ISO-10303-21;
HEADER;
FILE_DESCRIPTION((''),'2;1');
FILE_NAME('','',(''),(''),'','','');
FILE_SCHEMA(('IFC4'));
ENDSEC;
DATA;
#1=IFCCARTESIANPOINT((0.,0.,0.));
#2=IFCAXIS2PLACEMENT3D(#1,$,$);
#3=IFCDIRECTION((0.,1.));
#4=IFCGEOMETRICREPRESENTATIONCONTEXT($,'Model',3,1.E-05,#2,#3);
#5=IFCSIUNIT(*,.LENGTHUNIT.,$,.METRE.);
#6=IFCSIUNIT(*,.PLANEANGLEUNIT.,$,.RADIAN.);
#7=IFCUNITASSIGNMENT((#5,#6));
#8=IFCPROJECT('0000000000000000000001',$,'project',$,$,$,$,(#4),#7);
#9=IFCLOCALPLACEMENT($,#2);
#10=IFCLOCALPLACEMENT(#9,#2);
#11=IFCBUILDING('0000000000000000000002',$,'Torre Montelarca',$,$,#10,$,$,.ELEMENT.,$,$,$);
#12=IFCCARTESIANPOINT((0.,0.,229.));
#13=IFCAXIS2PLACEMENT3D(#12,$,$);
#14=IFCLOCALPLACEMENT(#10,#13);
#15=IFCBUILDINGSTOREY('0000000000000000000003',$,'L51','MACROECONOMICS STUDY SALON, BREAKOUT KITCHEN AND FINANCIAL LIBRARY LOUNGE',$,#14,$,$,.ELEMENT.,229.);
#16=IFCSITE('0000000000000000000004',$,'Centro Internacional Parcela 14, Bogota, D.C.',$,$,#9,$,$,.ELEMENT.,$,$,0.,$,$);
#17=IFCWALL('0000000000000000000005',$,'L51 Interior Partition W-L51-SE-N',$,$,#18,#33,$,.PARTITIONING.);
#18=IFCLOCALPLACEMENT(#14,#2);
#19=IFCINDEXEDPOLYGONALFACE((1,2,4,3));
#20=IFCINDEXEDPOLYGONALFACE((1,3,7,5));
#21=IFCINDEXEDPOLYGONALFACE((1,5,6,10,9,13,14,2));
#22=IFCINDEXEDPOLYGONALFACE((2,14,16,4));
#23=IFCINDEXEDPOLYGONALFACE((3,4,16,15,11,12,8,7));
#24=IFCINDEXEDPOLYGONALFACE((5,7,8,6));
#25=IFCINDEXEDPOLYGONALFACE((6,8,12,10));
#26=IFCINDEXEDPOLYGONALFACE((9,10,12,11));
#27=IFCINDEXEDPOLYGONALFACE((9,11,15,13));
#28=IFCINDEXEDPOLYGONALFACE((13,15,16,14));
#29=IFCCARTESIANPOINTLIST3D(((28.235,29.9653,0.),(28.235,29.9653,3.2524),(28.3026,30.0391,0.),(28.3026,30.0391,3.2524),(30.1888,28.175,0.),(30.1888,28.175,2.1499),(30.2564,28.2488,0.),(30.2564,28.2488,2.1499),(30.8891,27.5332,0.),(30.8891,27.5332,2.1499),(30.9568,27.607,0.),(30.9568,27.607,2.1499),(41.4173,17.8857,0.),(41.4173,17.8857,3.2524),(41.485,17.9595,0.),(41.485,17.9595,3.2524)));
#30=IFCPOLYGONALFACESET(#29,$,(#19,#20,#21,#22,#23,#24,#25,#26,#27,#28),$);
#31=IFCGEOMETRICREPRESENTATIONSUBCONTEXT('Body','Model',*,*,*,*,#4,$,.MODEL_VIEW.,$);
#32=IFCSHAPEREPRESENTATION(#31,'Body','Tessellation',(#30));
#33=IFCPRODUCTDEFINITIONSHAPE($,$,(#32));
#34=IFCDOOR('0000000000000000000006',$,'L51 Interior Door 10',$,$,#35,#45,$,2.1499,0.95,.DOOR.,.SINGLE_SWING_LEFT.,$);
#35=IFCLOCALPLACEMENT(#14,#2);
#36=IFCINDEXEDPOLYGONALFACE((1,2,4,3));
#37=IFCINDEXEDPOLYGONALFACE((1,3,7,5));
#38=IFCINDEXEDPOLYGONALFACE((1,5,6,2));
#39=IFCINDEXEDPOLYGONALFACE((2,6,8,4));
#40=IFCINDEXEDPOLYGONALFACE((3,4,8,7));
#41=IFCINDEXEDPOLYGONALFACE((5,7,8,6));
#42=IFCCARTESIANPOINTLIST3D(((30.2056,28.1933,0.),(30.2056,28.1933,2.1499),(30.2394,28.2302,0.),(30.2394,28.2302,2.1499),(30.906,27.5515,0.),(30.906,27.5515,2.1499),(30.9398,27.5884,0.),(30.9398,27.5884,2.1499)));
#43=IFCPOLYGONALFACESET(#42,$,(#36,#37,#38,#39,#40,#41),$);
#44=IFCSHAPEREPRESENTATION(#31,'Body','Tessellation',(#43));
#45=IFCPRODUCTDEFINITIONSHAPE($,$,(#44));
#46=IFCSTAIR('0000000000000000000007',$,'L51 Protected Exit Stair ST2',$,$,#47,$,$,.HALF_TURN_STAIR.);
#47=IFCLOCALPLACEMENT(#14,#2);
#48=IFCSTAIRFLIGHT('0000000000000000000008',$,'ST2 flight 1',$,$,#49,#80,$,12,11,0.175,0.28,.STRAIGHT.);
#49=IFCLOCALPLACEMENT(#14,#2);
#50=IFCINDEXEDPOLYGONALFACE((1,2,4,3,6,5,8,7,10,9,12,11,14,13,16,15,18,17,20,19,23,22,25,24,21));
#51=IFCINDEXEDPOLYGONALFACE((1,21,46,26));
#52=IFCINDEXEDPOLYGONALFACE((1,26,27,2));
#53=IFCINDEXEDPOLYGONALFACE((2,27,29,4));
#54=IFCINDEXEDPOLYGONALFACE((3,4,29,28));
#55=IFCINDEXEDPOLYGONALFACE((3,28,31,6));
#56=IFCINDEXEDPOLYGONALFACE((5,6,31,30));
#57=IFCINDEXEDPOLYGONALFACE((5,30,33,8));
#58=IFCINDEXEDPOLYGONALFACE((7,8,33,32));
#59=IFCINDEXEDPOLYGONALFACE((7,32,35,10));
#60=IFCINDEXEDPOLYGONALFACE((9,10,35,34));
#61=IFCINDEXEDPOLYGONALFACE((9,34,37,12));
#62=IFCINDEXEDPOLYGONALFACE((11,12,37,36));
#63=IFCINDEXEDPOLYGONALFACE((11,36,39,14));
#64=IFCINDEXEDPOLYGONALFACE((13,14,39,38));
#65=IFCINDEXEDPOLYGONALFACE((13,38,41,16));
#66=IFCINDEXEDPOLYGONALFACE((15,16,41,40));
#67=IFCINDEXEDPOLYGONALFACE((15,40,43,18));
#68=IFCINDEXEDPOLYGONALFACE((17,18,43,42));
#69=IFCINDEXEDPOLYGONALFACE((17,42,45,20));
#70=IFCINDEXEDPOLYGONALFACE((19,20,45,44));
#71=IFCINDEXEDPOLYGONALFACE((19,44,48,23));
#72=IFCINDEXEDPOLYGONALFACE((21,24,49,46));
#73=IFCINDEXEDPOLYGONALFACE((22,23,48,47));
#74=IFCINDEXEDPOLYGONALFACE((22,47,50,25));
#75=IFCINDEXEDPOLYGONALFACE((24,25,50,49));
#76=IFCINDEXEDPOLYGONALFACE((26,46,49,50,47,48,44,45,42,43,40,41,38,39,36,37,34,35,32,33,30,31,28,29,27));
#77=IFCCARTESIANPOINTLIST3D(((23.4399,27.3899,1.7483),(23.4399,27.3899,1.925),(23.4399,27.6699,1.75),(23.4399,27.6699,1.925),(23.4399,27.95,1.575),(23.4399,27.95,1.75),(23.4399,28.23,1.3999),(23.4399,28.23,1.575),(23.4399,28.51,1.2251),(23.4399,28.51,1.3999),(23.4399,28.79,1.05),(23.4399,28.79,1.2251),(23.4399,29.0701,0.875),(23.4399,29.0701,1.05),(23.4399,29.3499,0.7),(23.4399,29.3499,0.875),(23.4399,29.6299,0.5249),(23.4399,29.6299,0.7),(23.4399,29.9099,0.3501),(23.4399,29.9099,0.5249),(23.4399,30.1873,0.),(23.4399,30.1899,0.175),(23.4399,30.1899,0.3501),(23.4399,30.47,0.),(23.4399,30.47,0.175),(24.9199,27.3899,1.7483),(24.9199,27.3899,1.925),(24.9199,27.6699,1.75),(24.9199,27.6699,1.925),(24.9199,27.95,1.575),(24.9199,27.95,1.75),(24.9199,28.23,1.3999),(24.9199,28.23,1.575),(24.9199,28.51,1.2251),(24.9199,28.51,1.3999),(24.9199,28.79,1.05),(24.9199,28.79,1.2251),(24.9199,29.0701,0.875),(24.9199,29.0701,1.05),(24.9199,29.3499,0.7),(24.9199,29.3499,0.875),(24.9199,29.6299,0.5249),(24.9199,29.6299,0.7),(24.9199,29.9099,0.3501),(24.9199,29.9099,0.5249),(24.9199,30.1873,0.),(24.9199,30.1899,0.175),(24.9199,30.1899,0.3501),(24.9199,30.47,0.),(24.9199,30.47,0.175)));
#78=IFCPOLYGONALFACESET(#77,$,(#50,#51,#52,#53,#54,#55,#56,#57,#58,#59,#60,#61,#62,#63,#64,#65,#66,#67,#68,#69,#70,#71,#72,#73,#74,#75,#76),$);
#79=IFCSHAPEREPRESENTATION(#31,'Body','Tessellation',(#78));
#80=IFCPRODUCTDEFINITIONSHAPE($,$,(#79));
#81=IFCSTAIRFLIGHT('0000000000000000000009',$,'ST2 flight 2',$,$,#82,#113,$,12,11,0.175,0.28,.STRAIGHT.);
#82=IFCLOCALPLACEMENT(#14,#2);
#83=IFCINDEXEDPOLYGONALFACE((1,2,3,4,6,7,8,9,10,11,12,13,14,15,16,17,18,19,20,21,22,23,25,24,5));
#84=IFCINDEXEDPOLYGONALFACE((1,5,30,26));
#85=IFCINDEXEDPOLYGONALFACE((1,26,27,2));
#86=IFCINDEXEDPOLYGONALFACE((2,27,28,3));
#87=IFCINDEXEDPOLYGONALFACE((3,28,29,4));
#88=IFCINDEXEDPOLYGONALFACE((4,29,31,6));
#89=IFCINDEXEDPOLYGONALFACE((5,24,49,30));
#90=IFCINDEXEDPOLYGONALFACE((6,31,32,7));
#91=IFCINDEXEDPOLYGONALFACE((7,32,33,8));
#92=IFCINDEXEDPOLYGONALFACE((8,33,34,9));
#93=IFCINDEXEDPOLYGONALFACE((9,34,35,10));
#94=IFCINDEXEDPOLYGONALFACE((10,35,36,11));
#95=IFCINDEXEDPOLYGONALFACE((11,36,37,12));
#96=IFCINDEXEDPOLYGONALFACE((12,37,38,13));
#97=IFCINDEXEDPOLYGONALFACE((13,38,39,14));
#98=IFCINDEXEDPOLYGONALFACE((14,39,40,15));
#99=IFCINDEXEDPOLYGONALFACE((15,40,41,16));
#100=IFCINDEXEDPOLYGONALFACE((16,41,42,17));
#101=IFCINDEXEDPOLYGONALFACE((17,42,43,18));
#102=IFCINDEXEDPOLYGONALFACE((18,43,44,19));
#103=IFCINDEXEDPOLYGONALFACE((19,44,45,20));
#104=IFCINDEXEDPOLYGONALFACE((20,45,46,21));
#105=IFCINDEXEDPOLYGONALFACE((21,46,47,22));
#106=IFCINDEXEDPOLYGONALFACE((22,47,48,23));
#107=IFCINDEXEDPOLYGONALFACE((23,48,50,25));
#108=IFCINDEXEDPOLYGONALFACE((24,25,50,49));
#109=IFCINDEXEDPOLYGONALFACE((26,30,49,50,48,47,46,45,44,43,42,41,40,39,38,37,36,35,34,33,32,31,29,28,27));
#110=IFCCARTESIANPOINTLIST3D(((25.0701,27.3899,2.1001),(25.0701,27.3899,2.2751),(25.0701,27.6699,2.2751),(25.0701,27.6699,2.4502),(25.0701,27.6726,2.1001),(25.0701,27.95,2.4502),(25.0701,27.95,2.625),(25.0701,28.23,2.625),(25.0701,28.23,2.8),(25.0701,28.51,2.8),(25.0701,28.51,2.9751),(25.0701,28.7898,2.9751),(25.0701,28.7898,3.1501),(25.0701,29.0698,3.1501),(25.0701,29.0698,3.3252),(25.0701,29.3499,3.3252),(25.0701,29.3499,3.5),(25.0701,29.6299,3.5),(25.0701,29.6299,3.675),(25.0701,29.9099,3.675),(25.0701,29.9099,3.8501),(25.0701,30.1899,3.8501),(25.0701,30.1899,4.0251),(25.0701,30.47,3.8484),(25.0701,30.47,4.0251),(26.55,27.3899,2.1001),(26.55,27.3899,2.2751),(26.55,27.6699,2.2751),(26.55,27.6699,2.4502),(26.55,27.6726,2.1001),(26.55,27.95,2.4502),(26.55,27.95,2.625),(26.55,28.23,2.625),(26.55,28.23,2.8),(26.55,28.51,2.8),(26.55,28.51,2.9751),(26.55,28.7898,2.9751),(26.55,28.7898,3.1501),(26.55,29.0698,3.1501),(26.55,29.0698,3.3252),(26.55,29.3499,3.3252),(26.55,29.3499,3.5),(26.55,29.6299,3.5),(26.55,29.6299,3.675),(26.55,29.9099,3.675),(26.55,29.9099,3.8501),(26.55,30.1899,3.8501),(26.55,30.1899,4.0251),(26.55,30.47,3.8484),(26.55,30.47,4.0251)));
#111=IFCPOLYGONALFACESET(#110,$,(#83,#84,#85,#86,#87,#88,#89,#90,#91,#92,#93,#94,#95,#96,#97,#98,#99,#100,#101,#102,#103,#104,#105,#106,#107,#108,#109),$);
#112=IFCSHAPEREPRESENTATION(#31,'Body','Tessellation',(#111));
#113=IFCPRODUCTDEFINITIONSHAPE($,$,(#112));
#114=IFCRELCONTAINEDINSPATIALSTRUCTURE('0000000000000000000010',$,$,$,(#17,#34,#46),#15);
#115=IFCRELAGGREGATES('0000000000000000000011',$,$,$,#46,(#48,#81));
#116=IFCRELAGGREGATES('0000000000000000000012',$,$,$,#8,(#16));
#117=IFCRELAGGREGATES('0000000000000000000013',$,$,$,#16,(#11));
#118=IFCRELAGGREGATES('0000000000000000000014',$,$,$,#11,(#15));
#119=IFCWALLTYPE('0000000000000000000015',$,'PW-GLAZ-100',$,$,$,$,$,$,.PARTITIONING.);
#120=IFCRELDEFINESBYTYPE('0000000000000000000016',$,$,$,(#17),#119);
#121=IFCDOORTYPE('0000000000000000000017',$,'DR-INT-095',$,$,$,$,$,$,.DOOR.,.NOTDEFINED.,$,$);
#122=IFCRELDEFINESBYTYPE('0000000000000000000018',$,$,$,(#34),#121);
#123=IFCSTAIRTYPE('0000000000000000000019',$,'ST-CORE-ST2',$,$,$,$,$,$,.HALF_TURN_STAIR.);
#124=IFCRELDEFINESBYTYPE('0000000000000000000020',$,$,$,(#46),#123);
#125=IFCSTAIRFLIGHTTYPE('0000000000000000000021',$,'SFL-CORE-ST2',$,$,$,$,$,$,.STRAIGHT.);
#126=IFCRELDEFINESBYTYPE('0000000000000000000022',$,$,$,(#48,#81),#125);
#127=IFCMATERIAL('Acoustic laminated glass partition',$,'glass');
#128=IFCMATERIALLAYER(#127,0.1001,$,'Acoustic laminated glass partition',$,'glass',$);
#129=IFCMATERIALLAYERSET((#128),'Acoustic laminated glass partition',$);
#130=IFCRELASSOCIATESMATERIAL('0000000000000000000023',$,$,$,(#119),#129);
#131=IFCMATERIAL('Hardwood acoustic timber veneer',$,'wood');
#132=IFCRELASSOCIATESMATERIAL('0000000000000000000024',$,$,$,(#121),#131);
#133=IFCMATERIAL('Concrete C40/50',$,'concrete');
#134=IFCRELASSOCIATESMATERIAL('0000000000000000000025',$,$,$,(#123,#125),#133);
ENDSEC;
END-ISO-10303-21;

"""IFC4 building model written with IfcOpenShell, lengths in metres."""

from ifc_helpers import new_model, si_unit, direction, frame, frame_2d, origin, place, context, subcontext, project, spatial, polyline, rectangle, outline, extrude, source, transform, mapped, material, layer, layer_set, type_object, element, fill, aggregate, save


model = new_model("IFC4")

# Units and contexts
model_context = context("Model", 3, precision=1e-05, world=origin(), true_north=direction((0.0, 1.0)))
body_context = subcontext(model_context, "Body", "Model", "MODEL_VIEW")
ifc_project = project(units=[si_unit("LENGTHUNIT", "METRE"), si_unit("PLANEANGLEUNIT", "RADIAN")], contexts=[model_context])

# Site, building, storey
site_placement = place(None, origin())
site = spatial("IfcSite", under=ifc_project, at=site_placement, Name="Centro Internacional Parcela 14, Bogota, D.C.", CompositionType="ELEMENT", RefElevation=0.0)
building_placement = place(site_placement, origin())
building = spatial("IfcBuilding", under=site, at=building_placement, Name="Torre Montelarca", CompositionType="ELEMENT")
storey_placement = place(building_placement, frame((0.0, 0.0, 229.0)))
storey = spatial("IfcBuildingStorey", under=building, at=storey_placement, Name="L51", Description="MACROECONOMICS STUDY SALON, BREAKOUT KITCHEN AND FINANCIAL LIBRARY LOUNGE", CompositionType="ELEMENT", Elevation=229.0)

# Shared definitions
ifc_material_1 = material(Name="Concrete C40/50", Category="concrete")

# Wall, opening, door
ifc_material_2 = material(Name="Acoustic laminated glass partition", Category="glass")
ifc_layer_1 = layer(ifc_material_2, 0.1001, Name="Acoustic laminated glass partition", Category="glass")
ifc_layer_set_1 = layer_set([ifc_layer_1], Name="Acoustic laminated glass partition")
wall_type_1 = type_object("IfcWallType", Name="PW-GLAZ-100", PredefinedType="PARTITIONING", material=ifc_layer_set_1)
wall_1_placement = place(storey_placement, frame((28.2688, 30.0022, 0.0), z_axis=(0.0, 0.0, 1.0), x_axis=(0.737273, -0.675595, 0.0)))
wall_1 = element("IfcWall", 1, at=wall_1_placement, inside=storey, type_object=wall_type_1, Name="L51 Interior Partition W-L51-SE-N", PredefinedType="PARTITIONING", context=body_context, shape_type="SweptSolid", body=[
    extrude(rectangle(XDim=17.8799, YDim=0.1001, at=frame_2d((8.9399, 0.0))), origin(), (0.0, 0.0, 1.0), 3.2524),
])
opening_1_placement = place(wall_1_placement, frame((2.6499, 0.0, 0.0)))
opening_1 = element("IfcOpeningElement", 2, at=opening_1_placement, cuts=wall_1, PredefinedType="OPENING", context=body_context, shape_type="SweptSolid", body=[
    extrude(rectangle(XDim=0.95, YDim=2.1499, at=frame_2d((0.4751, 1.075))), frame((0.0, 0.0601, 0.0), z_axis=(0.0, -1.0, 0.0), x_axis=(1.0, 0.0, 0.0)), (0.0, 0.0, 1.0), 0.1201),
])
ifc_material_3 = material(Name="Hardwood acoustic timber veneer", Category="wood")
door_type_1 = type_object("IfcDoorType", Name="DR-INT-095", OperationType="NOTDEFINED", PredefinedType="DOOR", material=ifc_material_3)
shared_shape_1 = source(origin(), body_context, "Body", "SweptSolid", [
    extrude(rectangle(XDim=0.95, YDim=2.1499, at=frame_2d((0.4751, 1.075))), frame((0.0, 0.0249, 0.0), z_axis=(0.0, -1.0, 0.0), x_axis=(1.0, 0.0, 0.0)), (0.0, 0.0, 1.0), 0.05),
])
door_1_placement = place(opening_1_placement, origin())
door_1 = element("IfcDoor", 3, at=door_1_placement, inside=storey, type_object=door_type_1, Name="L51 Interior Door 10", OperationType="SINGLE_SWING_LEFT", OverallHeight=2.1499, OverallWidth=0.95, PredefinedType="DOOR", context=body_context, shape_type="MappedRepresentation", body=[
    mapped(shared_shape_1, transform((0.0, 0.0, 0.0), scale=1.0)),
])
fill(opening_1, door_1)

# Stair, stair flights
stair_type = type_object("IfcStairType", Name="ST-CORE-ST2", PredefinedType="HALF_TURN_STAIR", material=ifc_material_1)
stair_placement = place(storey_placement, origin())
stair = element("IfcStair", 4, at=stair_placement, inside=storey, type_object=stair_type, Name="L51 Protected Exit Stair ST2", PredefinedType="HALF_TURN_STAIR")
stair_flight_type = type_object("IfcStairFlightType", Name="SFL-CORE-ST2", PredefinedType="STRAIGHT", material=ifc_material_1)
stair_flight_1_placement = place(storey_placement, frame((24.1799, 30.47, 0.0), z_axis=(0.0, 0.0, 1.0), x_axis=(0.0, -1.0, 0.0)))
stair_flight_1 = element("IfcStairFlight", 5, at=stair_flight_1_placement, type_object=stair_flight_type, Name="ST2 flight 1", NumberOfRisers=12, NumberOfTreads=11, PredefinedType="STRAIGHT", RiserHeight=0.175, TreadLength=0.28, context=body_context, shape_type="SweptSolid", body=[
    extrude(outline(polyline([(0.0, 0.0), (0.0, 0.175), (0.28, 0.175), (0.28, 0.3501), (0.5601, 0.3501), (0.5601, 0.5249), (0.8401, 0.5249), (0.8401, 0.7), (1.1201, 0.7), (1.1201, 0.875), (1.3999, 0.875), (1.3999, 1.05), (1.6799, 1.05), (1.6799, 1.2251), (1.96, 1.2251), (1.96, 1.3999), (2.24, 1.3999), (2.24, 1.575), (2.52, 1.575), (2.52, 1.75), (2.8, 1.75), (2.8, 1.925), (3.0801, 1.925), (3.0801, 2.1001), (3.0801, 1.7483), (0.2827, 0.0), (0.0, 0.0)])), frame((0.0, 0.74, 0.0), z_axis=(0.0, -1.0, 0.0), x_axis=(1.0, 0.0, 0.0)), (0.0, 0.0, 1.0), 1.48),
])
stair_flight_2_placement = place(storey_placement, frame((25.8101, 27.3899, 2.1001), z_axis=(0.0, 0.0, 1.0), x_axis=(0.0, 1.0, 0.0)))
stair_flight_2 = element("IfcStairFlight", 6, at=stair_flight_2_placement, type_object=stair_flight_type, Name="ST2 flight 2", NumberOfRisers=12, NumberOfTreads=11, PredefinedType="STRAIGHT", RiserHeight=0.175, TreadLength=0.28, context=body_context, shape_type="SweptSolid", body=[
    extrude(outline(polyline([(0.0, 0.0), (0.0, 0.175), (0.28, 0.175), (0.28, 0.3501), (0.5601, 0.3501), (0.5601, 0.5249), (0.8401, 0.5249), (0.8401, 0.7), (1.1201, 0.7), (1.1201, 0.875), (1.3999, 0.875), (1.3999, 1.05), (1.6799, 1.05), (1.6799, 1.2251), (1.96, 1.2251), (1.96, 1.3999), (2.24, 1.3999), (2.24, 1.575), (2.52, 1.575), (2.52, 1.75), (2.8, 1.75), (2.8, 1.925), (3.0801, 1.925), (3.0801, 2.1001), (3.0801, 1.7483), (0.2827, 0.0), (0.0, 0.0)])), frame((0.0, 0.74, 0.0), z_axis=(0.0, -1.0, 0.0), x_axis=(1.0, 0.0, 0.0)), (0.0, 0.0, 1.0), 1.48),
])
aggregate(stair, [stair_flight_1, stair_flight_2])

save(model, "model.ifc")
